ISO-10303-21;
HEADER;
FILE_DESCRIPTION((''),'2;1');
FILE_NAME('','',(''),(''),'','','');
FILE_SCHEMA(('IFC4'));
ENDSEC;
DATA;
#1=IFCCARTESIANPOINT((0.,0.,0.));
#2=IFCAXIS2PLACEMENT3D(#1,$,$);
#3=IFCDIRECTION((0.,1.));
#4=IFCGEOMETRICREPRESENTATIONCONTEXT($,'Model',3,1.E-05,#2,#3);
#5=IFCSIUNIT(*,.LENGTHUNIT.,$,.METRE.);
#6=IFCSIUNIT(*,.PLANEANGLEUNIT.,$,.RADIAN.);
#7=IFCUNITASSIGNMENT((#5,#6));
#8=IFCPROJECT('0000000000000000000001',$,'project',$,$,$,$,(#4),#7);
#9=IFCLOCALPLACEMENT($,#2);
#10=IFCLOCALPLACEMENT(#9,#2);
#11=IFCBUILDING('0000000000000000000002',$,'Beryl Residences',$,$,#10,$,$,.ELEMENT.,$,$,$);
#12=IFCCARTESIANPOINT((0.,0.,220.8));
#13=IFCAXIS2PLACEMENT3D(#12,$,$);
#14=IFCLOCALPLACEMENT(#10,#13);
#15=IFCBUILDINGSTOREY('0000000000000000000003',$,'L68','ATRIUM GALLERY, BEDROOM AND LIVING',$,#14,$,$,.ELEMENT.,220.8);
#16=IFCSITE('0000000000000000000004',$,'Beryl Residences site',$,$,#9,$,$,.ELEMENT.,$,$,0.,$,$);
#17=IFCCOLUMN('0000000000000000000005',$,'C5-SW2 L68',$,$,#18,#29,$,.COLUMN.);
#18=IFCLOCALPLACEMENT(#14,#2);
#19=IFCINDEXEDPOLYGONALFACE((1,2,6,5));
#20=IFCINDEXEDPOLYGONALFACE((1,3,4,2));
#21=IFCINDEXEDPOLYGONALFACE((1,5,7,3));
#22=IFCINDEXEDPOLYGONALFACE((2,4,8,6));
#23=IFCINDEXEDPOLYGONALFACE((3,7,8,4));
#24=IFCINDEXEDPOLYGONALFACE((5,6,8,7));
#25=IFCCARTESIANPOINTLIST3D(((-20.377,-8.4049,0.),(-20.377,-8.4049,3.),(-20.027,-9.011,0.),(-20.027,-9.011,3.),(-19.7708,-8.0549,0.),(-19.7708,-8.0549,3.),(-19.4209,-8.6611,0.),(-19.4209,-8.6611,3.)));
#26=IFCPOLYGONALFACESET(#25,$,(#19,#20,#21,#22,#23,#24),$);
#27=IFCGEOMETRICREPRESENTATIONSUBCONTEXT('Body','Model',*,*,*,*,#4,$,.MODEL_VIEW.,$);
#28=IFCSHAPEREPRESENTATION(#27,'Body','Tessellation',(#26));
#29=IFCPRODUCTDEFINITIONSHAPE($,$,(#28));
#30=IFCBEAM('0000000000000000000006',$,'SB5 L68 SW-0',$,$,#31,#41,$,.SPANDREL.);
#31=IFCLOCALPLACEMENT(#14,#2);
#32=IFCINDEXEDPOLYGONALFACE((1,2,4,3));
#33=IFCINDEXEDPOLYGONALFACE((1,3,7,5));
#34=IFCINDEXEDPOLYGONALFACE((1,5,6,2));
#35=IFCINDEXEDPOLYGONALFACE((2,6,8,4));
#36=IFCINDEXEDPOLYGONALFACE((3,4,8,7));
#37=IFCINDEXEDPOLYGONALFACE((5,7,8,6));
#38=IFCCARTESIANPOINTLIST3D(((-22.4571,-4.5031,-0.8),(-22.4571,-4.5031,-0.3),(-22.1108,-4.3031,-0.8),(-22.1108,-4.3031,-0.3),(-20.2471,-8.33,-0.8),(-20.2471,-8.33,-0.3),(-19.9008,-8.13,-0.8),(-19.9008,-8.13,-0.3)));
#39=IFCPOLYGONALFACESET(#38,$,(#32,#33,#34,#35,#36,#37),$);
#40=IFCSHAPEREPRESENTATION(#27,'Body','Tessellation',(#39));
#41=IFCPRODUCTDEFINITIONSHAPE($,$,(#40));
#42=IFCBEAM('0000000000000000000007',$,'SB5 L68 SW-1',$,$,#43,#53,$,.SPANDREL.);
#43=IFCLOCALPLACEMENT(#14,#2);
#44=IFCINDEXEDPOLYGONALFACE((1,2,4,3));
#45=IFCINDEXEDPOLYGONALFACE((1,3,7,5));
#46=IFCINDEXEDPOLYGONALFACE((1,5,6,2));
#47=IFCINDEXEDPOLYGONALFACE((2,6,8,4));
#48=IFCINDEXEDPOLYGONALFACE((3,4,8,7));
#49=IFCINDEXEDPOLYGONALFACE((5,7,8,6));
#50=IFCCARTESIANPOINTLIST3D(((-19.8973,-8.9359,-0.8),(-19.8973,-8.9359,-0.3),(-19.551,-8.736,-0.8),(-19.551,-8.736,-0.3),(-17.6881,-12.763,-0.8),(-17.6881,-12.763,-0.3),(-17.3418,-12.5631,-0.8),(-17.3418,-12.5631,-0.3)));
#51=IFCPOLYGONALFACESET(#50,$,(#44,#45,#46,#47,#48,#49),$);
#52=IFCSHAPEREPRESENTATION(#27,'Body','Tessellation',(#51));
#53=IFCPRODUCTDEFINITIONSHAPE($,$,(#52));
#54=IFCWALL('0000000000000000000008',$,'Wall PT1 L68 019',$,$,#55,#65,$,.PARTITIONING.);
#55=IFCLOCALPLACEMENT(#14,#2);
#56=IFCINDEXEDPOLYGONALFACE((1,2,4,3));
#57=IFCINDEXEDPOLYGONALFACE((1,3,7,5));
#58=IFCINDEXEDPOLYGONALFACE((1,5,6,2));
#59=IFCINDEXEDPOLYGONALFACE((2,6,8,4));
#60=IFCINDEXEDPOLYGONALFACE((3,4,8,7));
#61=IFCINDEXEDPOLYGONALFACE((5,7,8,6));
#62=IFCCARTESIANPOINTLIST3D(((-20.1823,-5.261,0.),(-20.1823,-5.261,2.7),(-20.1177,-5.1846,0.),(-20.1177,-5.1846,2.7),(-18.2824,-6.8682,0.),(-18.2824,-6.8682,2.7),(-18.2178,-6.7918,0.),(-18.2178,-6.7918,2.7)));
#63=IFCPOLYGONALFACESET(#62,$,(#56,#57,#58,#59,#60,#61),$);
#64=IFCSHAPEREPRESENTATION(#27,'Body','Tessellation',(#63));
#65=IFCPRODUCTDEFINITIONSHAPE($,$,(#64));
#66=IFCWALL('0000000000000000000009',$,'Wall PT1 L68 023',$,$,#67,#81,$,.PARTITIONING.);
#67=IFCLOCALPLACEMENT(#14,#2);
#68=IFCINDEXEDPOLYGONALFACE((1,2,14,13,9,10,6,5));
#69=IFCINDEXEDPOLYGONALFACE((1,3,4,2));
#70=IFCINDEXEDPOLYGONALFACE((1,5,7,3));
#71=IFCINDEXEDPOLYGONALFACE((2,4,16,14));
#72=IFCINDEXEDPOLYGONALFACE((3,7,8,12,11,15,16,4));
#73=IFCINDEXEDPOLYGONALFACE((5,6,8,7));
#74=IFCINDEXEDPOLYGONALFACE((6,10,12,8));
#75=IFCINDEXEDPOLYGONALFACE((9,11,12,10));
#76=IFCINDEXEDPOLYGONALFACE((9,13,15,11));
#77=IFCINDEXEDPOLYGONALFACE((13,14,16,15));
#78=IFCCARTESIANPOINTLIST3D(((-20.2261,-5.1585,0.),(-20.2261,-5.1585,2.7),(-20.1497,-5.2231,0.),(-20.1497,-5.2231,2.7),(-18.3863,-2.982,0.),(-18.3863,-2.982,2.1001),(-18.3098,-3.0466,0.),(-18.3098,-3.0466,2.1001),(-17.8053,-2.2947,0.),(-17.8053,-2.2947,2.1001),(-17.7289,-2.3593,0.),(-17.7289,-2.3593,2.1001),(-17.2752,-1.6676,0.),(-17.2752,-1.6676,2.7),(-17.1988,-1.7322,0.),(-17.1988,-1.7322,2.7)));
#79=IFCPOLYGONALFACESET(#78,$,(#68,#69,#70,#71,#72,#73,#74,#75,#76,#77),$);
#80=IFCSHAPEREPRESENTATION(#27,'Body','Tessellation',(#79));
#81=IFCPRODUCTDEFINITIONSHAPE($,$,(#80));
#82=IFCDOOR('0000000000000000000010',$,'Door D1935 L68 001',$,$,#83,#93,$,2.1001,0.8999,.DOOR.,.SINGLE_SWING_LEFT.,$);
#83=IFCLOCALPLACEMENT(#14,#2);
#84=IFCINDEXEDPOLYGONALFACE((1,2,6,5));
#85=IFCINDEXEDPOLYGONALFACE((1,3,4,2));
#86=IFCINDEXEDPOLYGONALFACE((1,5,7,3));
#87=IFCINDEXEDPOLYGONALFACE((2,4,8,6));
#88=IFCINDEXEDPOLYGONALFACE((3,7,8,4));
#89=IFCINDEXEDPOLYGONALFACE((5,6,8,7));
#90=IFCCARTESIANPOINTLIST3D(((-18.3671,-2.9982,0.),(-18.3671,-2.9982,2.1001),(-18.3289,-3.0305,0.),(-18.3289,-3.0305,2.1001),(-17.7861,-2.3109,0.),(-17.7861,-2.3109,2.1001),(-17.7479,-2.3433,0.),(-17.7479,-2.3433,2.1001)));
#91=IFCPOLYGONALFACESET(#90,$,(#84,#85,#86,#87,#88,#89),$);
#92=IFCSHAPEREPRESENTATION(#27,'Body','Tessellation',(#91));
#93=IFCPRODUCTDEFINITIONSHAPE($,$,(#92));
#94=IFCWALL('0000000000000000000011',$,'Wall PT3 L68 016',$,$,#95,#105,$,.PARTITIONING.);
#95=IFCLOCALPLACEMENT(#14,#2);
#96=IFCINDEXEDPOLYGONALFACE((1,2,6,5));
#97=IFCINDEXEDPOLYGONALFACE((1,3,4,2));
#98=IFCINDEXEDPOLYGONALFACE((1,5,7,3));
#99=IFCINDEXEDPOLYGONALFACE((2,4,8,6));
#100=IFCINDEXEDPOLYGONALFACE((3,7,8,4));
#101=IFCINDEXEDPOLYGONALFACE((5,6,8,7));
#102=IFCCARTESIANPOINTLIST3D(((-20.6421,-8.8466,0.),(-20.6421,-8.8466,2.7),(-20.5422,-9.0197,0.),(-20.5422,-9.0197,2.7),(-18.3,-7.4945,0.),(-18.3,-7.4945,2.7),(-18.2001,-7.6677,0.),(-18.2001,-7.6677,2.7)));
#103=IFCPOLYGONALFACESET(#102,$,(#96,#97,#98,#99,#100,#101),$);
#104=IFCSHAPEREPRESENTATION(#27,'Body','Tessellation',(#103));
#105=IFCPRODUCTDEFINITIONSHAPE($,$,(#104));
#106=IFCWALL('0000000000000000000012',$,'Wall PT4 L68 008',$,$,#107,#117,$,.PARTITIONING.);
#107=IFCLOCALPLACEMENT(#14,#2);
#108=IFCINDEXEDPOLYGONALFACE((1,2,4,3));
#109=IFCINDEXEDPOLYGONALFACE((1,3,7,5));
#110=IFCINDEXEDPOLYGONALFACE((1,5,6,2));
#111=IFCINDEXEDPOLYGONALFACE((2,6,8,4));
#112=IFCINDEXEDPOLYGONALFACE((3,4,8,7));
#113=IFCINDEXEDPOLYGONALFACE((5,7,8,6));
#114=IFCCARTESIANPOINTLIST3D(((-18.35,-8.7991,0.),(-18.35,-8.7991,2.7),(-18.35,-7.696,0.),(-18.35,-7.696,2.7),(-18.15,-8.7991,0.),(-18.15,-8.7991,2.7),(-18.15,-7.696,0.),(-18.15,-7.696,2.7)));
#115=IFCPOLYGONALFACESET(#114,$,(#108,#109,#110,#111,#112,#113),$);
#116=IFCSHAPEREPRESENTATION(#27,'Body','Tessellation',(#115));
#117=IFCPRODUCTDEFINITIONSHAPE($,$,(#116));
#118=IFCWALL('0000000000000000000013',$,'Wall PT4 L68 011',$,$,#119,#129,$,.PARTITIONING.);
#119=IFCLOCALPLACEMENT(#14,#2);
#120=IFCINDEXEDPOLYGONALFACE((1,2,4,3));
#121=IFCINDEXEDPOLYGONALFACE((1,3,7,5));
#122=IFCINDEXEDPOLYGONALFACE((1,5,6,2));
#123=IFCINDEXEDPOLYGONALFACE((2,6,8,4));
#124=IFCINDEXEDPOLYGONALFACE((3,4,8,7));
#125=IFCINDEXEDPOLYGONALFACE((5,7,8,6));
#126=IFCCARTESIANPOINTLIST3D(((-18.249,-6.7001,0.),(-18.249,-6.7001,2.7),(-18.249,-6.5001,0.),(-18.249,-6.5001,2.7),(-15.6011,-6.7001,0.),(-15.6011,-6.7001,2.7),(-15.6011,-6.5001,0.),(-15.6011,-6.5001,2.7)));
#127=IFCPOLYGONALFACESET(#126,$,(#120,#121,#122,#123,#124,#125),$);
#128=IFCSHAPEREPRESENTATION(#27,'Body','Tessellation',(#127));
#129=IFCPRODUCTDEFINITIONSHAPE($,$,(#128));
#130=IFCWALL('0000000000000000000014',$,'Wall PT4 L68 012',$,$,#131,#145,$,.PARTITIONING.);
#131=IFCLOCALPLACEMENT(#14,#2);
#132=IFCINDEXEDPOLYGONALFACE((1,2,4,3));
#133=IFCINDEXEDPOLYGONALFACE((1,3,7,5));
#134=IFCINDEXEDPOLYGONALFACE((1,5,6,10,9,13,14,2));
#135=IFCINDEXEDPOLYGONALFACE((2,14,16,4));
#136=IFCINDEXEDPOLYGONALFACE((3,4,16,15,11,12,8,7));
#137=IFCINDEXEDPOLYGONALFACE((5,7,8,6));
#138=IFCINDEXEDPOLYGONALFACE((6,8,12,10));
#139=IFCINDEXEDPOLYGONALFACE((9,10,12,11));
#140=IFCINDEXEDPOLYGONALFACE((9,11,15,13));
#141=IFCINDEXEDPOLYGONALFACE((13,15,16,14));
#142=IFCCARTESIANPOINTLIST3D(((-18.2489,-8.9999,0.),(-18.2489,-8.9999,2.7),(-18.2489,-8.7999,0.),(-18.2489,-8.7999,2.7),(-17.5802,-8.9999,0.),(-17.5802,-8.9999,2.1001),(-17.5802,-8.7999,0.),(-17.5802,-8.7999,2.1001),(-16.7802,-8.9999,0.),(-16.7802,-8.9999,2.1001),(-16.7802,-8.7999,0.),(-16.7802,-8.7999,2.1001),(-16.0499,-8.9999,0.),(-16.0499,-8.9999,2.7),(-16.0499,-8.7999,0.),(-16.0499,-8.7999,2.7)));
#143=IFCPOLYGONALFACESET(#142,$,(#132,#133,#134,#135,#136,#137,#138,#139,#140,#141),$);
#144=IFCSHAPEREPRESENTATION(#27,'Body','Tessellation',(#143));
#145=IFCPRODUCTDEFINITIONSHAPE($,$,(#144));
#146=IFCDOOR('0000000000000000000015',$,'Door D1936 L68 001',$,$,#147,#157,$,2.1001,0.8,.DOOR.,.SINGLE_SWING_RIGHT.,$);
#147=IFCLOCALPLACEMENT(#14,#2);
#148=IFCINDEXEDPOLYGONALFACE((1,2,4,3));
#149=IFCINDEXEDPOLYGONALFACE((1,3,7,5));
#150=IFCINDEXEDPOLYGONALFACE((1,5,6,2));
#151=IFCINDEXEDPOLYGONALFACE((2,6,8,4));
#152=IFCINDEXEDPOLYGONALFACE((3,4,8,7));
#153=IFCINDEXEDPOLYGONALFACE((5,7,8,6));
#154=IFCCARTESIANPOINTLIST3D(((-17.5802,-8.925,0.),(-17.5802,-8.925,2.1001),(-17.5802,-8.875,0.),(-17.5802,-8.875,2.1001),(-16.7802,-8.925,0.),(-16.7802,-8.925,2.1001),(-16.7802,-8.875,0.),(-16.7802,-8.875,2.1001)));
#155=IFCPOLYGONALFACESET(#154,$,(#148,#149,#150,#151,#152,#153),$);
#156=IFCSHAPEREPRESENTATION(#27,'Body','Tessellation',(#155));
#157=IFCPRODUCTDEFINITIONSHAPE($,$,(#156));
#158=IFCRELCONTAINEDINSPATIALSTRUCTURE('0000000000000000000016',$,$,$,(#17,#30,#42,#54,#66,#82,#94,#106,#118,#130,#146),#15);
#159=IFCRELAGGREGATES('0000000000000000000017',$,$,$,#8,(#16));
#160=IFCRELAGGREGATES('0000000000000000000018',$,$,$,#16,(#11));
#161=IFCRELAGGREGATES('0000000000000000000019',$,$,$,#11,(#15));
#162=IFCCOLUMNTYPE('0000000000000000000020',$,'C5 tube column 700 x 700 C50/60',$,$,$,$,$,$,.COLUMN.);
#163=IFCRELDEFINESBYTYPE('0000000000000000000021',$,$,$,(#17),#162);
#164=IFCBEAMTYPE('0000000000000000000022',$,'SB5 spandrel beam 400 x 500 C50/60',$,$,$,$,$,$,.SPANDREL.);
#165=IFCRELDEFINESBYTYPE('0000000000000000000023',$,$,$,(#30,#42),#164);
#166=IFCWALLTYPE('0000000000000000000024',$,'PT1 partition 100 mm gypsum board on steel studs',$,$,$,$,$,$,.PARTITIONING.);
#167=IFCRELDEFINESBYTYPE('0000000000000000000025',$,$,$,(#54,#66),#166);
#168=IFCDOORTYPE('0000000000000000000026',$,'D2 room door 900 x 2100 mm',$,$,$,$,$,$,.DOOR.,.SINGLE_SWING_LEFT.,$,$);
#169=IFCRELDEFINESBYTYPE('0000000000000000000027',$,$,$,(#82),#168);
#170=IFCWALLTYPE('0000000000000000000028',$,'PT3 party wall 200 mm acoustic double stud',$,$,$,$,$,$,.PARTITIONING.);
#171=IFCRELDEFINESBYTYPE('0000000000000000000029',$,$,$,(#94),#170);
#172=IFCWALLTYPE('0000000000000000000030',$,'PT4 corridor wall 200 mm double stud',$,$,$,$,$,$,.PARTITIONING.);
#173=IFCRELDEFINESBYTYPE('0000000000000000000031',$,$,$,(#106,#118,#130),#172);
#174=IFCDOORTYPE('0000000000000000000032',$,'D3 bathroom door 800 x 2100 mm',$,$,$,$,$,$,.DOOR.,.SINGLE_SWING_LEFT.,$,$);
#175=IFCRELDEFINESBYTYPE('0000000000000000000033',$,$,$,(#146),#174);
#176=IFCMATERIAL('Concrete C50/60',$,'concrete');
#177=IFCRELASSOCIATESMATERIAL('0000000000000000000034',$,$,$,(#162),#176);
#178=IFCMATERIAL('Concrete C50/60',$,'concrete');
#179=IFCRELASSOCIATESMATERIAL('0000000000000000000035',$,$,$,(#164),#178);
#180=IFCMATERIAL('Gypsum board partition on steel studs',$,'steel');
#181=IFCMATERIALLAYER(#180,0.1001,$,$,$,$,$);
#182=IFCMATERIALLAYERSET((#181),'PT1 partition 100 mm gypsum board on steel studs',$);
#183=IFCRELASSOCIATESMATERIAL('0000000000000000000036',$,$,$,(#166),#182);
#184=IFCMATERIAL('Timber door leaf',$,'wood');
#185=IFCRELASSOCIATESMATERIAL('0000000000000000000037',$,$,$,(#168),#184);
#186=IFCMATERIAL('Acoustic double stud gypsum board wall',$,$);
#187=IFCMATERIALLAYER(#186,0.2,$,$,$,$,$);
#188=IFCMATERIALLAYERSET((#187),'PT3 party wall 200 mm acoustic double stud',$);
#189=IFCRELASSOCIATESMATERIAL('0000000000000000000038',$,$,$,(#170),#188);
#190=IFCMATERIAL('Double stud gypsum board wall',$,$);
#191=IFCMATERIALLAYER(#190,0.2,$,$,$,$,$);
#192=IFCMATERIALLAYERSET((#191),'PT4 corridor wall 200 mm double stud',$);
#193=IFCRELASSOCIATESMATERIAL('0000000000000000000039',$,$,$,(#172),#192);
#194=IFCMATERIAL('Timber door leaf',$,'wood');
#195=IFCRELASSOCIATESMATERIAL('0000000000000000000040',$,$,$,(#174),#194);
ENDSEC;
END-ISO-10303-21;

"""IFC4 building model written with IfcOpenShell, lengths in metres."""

from ifc_helpers import new_model, si_unit, direction, frame, frame_2d, origin, origin_2d, place, context, subcontext, project, spatial, rectangle, extrude, material, layer, layer_set, material_profile, profile_set, type_object, element, fill, save


model = new_model("IFC4")

# Units and contexts
model_context = context("Model", 3, precision=1e-05, world=origin(), true_north=direction((0.0, 1.0)))
body_context = subcontext(model_context, "Body", "Model", "MODEL_VIEW")
ifc_project = project(units=[si_unit("LENGTHUNIT", "METRE"), si_unit("PLANEANGLEUNIT", "RADIAN")], contexts=[model_context])

# Site, building, storey
site_placement = place(None, origin())
site = spatial("IfcSite", under=ifc_project, at=site_placement, Name="Beryl Residences site", CompositionType="ELEMENT", RefElevation=0.0)
building_placement = place(site_placement, origin())
building = spatial("IfcBuilding", under=site, at=building_placement, Name="Beryl Residences", CompositionType="ELEMENT")
storey_placement = place(building_placement, frame((0.0, 0.0, 220.8)))
storey = spatial("IfcBuildingStorey", under=building, at=storey_placement, Name="L68", Description="ATRIUM GALLERY, BEDROOM AND LIVING", CompositionType="ELEMENT", Elevation=220.8)

# Column
ifc_material_1 = material(Name="Concrete C50/60", Category="concrete")
ifc_material_profile_1 = material_profile(ifc_material_1, rectangle(XDim=0.7, YDim=0.7, at=origin_2d()))
ifc_profile_set_1 = profile_set([ifc_material_profile_1], Name="Concrete C50/60")
column_type = type_object("IfcColumnType", Name="C5 tube column 700 x 700 C50/60", PredefinedType="COLUMN", material=ifc_profile_set_1)
column_placement = place(storey_placement, frame((-19.8989, -8.533, 0.0), z_axis=(0.0, 0.0, 1.0), x_axis=(0.499985, -0.866034, 0.0)))
element("IfcColumn", 1, at=column_placement, inside=storey, type_object=column_type, Name="C5-SW2 L68", PredefinedType="COLUMN", context=body_context, shape_type="SweptSolid", body=[
    extrude(rectangle(XDim=0.7, YDim=0.7, at=origin_2d()), origin(), (0.0, 0.0, 1.0), 3.0),
])

# Beams
ifc_material_2 = material(Name="Concrete C50/60", Category="concrete")
ifc_material_profile_2 = material_profile(ifc_material_2, rectangle(XDim=0.3999, YDim=0.5, at=origin_2d()))
ifc_profile_set_2 = profile_set([ifc_material_profile_2], Name="Concrete C50/60")
beam_type = type_object("IfcBeamType", Name="SB5 spandrel beam 400 x 500 C50/60", PredefinedType="SPANDREL", material=ifc_profile_set_2)
beam_1_placement = place(storey_placement, frame((-22.2839, -4.4031, -0.55), z_axis=(0.500084, -0.865977, 0.0), x_axis=(0.865977, 0.500084, 0.0)))
element("IfcBeam", 2, at=beam_1_placement, inside=storey, type_object=beam_type, Name="SB5 L68 SW-0", PredefinedType="SPANDREL", context=body_context, shape_type="SweptSolid", body=[
    extrude(rectangle(XDim=0.3999, YDim=0.5, at=origin_2d()), origin(), (0.0, 0.0, 1.0), 4.4192),
])
beam_2_placement = place(storey_placement, frame((-19.7241, -8.8359, -0.55), z_axis=(0.499936, -0.866062, 0.0), x_axis=(0.866062, 0.499936, 0.0)))
element("IfcBeam", 3, at=beam_2_placement, inside=storey, type_object=beam_type, Name="SB5 L68 SW-1", PredefinedType="SPANDREL", context=body_context, shape_type="SweptSolid", body=[
    extrude(rectangle(XDim=0.3999, YDim=0.5, at=origin_2d()), origin(), (0.0, 0.0, 1.0), 4.4189),
])

# Wall
ifc_material_3 = material(Name="Gypsum board partition on steel studs", Category="steel")
ifc_layer_1 = layer(ifc_material_3, 0.1001)
ifc_layer_set_1 = layer_set([ifc_layer_1], Name="PT1 partition 100 mm gypsum board on steel studs")
wall_type_1 = type_object("IfcWallType", Name="PT1 partition 100 mm gypsum board on steel studs", PredefinedType="PARTITIONING", material=ifc_layer_set_1)
wall_1_placement = place(storey_placement, frame((-20.1499, -5.2229, 0.0), z_axis=(0.0, 0.0, 1.0), x_axis=(0.763472, -0.645841, 0.0)))
element("IfcWall", 4, at=wall_1_placement, inside=storey, type_object=wall_type_1, Name="Wall PT1 L68 019", PredefinedType="PARTITIONING", context=body_context, shape_type="SweptSolid", body=[
    extrude(rectangle(XDim=2.4885, YDim=0.1001, at=frame_2d((1.2441, 0.0))), origin(), (0.0, 0.0, 1.0), 2.7),
])

# Wall, opening, door
wall_2_placement = place(storey_placement, frame((-20.188, -5.1909, 0.0), z_axis=(0.0, 0.0, 1.0), x_axis=(0.645564, 0.763706, 0.0)))
wall_2 = element("IfcWall", 5, at=wall_2_placement, inside=storey, type_object=wall_type_1, Name="Wall PT1 L68 023", PredefinedType="PARTITIONING", context=body_context, shape_type="SweptSolid", body=[
    extrude(rectangle(XDim=4.571, YDim=0.1001, at=frame_2d((2.2856, 0.0))), origin(), (0.0, 0.0, 1.0), 2.7),
])
opening_1_placement = place(wall_2_placement, frame((2.8501, 0.0, 0.0)))
opening_1 = element("IfcOpeningElement", 6, at=opening_1_placement, cuts=wall_2, PredefinedType="OPENING", context=body_context, shape_type="SweptSolid", body=[
    extrude(rectangle(XDim=0.8999, YDim=2.1001, at=frame_2d((0.45, 1.05))), frame((0.0, 0.0601, 0.0), z_axis=(0.0, -1.0, 0.0), x_axis=(1.0, 0.0, 0.0)), (0.0, 0.0, 1.0), 0.1201),
])
ifc_material_4 = material(Name="Timber door leaf", Category="wood")
door_type_1 = type_object("IfcDoorType", Name="D2 room door 900 x 2100 mm", OperationType="SINGLE_SWING_LEFT", PredefinedType="DOOR", material=ifc_material_4)
door_1_placement = place(opening_1_placement, origin())
door_1 = element("IfcDoor", 7, at=door_1_placement, inside=storey, type_object=door_type_1, Name="Door D1935 L68 001", OperationType="SINGLE_SWING_LEFT", OverallHeight=2.1001, OverallWidth=0.8999, PredefinedType="DOOR", context=body_context, shape_type="SweptSolid", body=[
    extrude(rectangle(XDim=0.8999, YDim=2.1001, at=frame_2d((0.45, 1.05))), frame((0.0, 0.0249, 0.0), z_axis=(0.0, -1.0, 0.0), x_axis=(1.0, 0.0, 0.0)), (0.0, 0.0, 1.0), 0.05),
])
fill(opening_1, door_1)

# Walls
ifc_material_5 = material(Name="Acoustic double stud gypsum board wall")
ifc_layer_2 = layer(ifc_material_5, 0.2)
ifc_layer_set_2 = layer_set([ifc_layer_2], Name="PT3 party wall 200 mm acoustic double stud")
wall_type_2 = type_object("IfcWallType", Name="PT3 party wall 200 mm acoustic double stud", PredefinedType="PARTITIONING", material=ifc_layer_set_2)
wall_3_placement = place(storey_placement, frame((-20.592, -8.9331, 0.0), z_axis=(0.0, 0.0, 1.0), x_axis=(0.866046, 0.499965, 0.0)))
element("IfcWall", 8, at=wall_3_placement, inside=storey, type_object=wall_type_2, Name="Wall PT3 L68 016", PredefinedType="PARTITIONING", context=body_context, shape_type="SweptSolid", body=[
    extrude(rectangle(XDim=2.7043, YDim=0.2, at=frame_2d((1.3521, 0.0))), origin(), (0.0, 0.0, 1.0), 2.7),
])
ifc_material_6 = material(Name="Double stud gypsum board wall")
ifc_layer_3 = layer(ifc_material_6, 0.2)
ifc_layer_set_3 = layer_set([ifc_layer_3], Name="PT4 corridor wall 200 mm double stud")
wall_type_3 = type_object("IfcWallType", Name="PT4 corridor wall 200 mm double stud", PredefinedType="PARTITIONING", material=ifc_layer_set_3)
wall_4_placement = place(storey_placement, frame((-18.25, -7.696, 0.0), z_axis=(0.0, 0.0, 1.0), x_axis=(0.0, -1.0, 0.0)))
element("IfcWall", 9, at=wall_4_placement, inside=storey, type_object=wall_type_3, Name="Wall PT4 L68 008", PredefinedType="PARTITIONING", context=body_context, shape_type="SweptSolid", body=[
    extrude(rectangle(XDim=1.103, YDim=0.2, at=frame_2d((0.5515, 0.0))), origin(), (0.0, 0.0, 1.0), 2.7),
])
wall_5_placement = place(storey_placement, frame((-18.249, -6.6001, 0.0), z_axis=(0.0, 0.0, 1.0), x_axis=(1.0, 0.0, 0.0)))
element("IfcWall", 10, at=wall_5_placement, inside=storey, type_object=wall_type_3, Name="Wall PT4 L68 011", PredefinedType="PARTITIONING", context=body_context, shape_type="SweptSolid", body=[
    extrude(rectangle(XDim=2.6479, YDim=0.2, at=frame_2d((1.324, 0.0))), origin(), (0.0, 0.0, 1.0), 2.7),
])

# Wall, opening, door
wall_6_placement = place(storey_placement, frame((-18.249, -8.8999, 0.0), z_axis=(0.0, 0.0, 1.0), x_axis=(1.0, 0.0, 0.0)))
wall_6 = element("IfcWall", 11, at=wall_6_placement, inside=storey, type_object=wall_type_3, Name="Wall PT4 L68 012", PredefinedType="PARTITIONING", context=body_context, shape_type="SweptSolid", body=[
    extrude(rectangle(XDim=2.199, YDim=0.2, at=frame_2d((1.0996, 0.0))), origin(), (0.0, 0.0, 1.0), 2.7),
])
opening_2_placement = place(wall_6_placement, frame((0.6689, 0.0, 0.0)))
opening_2 = element("IfcOpeningElement", 12, at=opening_2_placement, cuts=wall_6, PredefinedType="OPENING", context=body_context, shape_type="SweptSolid", body=[
    extrude(rectangle(XDim=0.8, YDim=2.1001, at=frame_2d((0.3999, 1.05))), frame((0.0, 0.1099, 0.0), z_axis=(0.0, -1.0, 0.0), x_axis=(1.0, 0.0, 0.0)), (0.0, 0.0, 1.0), 0.22),
])
ifc_material_7 = material(Name="Timber door leaf", Category="wood")
door_type_2 = type_object("IfcDoorType", Name="D3 bathroom door 800 x 2100 mm", OperationType="SINGLE_SWING_LEFT", PredefinedType="DOOR", material=ifc_material_7)
door_2_placement = place(opening_2_placement, origin())
door_2 = element("IfcDoor", 13, at=door_2_placement, inside=storey, type_object=door_type_2, Name="Door D1936 L68 001", OperationType="SINGLE_SWING_RIGHT", OverallHeight=2.1001, OverallWidth=0.8, PredefinedType="DOOR", context=body_context, shape_type="SweptSolid", body=[
    extrude(rectangle(XDim=0.8, YDim=2.1001, at=frame_2d((0.3999, 1.05))), frame((0.0, 0.0249, 0.0), z_axis=(0.0, -1.0, 0.0), x_axis=(1.0, 0.0, 0.0)), (0.0, 0.0, 1.0), 0.05),
])
fill(opening_2, door_2)

save(model, "model.ifc")
